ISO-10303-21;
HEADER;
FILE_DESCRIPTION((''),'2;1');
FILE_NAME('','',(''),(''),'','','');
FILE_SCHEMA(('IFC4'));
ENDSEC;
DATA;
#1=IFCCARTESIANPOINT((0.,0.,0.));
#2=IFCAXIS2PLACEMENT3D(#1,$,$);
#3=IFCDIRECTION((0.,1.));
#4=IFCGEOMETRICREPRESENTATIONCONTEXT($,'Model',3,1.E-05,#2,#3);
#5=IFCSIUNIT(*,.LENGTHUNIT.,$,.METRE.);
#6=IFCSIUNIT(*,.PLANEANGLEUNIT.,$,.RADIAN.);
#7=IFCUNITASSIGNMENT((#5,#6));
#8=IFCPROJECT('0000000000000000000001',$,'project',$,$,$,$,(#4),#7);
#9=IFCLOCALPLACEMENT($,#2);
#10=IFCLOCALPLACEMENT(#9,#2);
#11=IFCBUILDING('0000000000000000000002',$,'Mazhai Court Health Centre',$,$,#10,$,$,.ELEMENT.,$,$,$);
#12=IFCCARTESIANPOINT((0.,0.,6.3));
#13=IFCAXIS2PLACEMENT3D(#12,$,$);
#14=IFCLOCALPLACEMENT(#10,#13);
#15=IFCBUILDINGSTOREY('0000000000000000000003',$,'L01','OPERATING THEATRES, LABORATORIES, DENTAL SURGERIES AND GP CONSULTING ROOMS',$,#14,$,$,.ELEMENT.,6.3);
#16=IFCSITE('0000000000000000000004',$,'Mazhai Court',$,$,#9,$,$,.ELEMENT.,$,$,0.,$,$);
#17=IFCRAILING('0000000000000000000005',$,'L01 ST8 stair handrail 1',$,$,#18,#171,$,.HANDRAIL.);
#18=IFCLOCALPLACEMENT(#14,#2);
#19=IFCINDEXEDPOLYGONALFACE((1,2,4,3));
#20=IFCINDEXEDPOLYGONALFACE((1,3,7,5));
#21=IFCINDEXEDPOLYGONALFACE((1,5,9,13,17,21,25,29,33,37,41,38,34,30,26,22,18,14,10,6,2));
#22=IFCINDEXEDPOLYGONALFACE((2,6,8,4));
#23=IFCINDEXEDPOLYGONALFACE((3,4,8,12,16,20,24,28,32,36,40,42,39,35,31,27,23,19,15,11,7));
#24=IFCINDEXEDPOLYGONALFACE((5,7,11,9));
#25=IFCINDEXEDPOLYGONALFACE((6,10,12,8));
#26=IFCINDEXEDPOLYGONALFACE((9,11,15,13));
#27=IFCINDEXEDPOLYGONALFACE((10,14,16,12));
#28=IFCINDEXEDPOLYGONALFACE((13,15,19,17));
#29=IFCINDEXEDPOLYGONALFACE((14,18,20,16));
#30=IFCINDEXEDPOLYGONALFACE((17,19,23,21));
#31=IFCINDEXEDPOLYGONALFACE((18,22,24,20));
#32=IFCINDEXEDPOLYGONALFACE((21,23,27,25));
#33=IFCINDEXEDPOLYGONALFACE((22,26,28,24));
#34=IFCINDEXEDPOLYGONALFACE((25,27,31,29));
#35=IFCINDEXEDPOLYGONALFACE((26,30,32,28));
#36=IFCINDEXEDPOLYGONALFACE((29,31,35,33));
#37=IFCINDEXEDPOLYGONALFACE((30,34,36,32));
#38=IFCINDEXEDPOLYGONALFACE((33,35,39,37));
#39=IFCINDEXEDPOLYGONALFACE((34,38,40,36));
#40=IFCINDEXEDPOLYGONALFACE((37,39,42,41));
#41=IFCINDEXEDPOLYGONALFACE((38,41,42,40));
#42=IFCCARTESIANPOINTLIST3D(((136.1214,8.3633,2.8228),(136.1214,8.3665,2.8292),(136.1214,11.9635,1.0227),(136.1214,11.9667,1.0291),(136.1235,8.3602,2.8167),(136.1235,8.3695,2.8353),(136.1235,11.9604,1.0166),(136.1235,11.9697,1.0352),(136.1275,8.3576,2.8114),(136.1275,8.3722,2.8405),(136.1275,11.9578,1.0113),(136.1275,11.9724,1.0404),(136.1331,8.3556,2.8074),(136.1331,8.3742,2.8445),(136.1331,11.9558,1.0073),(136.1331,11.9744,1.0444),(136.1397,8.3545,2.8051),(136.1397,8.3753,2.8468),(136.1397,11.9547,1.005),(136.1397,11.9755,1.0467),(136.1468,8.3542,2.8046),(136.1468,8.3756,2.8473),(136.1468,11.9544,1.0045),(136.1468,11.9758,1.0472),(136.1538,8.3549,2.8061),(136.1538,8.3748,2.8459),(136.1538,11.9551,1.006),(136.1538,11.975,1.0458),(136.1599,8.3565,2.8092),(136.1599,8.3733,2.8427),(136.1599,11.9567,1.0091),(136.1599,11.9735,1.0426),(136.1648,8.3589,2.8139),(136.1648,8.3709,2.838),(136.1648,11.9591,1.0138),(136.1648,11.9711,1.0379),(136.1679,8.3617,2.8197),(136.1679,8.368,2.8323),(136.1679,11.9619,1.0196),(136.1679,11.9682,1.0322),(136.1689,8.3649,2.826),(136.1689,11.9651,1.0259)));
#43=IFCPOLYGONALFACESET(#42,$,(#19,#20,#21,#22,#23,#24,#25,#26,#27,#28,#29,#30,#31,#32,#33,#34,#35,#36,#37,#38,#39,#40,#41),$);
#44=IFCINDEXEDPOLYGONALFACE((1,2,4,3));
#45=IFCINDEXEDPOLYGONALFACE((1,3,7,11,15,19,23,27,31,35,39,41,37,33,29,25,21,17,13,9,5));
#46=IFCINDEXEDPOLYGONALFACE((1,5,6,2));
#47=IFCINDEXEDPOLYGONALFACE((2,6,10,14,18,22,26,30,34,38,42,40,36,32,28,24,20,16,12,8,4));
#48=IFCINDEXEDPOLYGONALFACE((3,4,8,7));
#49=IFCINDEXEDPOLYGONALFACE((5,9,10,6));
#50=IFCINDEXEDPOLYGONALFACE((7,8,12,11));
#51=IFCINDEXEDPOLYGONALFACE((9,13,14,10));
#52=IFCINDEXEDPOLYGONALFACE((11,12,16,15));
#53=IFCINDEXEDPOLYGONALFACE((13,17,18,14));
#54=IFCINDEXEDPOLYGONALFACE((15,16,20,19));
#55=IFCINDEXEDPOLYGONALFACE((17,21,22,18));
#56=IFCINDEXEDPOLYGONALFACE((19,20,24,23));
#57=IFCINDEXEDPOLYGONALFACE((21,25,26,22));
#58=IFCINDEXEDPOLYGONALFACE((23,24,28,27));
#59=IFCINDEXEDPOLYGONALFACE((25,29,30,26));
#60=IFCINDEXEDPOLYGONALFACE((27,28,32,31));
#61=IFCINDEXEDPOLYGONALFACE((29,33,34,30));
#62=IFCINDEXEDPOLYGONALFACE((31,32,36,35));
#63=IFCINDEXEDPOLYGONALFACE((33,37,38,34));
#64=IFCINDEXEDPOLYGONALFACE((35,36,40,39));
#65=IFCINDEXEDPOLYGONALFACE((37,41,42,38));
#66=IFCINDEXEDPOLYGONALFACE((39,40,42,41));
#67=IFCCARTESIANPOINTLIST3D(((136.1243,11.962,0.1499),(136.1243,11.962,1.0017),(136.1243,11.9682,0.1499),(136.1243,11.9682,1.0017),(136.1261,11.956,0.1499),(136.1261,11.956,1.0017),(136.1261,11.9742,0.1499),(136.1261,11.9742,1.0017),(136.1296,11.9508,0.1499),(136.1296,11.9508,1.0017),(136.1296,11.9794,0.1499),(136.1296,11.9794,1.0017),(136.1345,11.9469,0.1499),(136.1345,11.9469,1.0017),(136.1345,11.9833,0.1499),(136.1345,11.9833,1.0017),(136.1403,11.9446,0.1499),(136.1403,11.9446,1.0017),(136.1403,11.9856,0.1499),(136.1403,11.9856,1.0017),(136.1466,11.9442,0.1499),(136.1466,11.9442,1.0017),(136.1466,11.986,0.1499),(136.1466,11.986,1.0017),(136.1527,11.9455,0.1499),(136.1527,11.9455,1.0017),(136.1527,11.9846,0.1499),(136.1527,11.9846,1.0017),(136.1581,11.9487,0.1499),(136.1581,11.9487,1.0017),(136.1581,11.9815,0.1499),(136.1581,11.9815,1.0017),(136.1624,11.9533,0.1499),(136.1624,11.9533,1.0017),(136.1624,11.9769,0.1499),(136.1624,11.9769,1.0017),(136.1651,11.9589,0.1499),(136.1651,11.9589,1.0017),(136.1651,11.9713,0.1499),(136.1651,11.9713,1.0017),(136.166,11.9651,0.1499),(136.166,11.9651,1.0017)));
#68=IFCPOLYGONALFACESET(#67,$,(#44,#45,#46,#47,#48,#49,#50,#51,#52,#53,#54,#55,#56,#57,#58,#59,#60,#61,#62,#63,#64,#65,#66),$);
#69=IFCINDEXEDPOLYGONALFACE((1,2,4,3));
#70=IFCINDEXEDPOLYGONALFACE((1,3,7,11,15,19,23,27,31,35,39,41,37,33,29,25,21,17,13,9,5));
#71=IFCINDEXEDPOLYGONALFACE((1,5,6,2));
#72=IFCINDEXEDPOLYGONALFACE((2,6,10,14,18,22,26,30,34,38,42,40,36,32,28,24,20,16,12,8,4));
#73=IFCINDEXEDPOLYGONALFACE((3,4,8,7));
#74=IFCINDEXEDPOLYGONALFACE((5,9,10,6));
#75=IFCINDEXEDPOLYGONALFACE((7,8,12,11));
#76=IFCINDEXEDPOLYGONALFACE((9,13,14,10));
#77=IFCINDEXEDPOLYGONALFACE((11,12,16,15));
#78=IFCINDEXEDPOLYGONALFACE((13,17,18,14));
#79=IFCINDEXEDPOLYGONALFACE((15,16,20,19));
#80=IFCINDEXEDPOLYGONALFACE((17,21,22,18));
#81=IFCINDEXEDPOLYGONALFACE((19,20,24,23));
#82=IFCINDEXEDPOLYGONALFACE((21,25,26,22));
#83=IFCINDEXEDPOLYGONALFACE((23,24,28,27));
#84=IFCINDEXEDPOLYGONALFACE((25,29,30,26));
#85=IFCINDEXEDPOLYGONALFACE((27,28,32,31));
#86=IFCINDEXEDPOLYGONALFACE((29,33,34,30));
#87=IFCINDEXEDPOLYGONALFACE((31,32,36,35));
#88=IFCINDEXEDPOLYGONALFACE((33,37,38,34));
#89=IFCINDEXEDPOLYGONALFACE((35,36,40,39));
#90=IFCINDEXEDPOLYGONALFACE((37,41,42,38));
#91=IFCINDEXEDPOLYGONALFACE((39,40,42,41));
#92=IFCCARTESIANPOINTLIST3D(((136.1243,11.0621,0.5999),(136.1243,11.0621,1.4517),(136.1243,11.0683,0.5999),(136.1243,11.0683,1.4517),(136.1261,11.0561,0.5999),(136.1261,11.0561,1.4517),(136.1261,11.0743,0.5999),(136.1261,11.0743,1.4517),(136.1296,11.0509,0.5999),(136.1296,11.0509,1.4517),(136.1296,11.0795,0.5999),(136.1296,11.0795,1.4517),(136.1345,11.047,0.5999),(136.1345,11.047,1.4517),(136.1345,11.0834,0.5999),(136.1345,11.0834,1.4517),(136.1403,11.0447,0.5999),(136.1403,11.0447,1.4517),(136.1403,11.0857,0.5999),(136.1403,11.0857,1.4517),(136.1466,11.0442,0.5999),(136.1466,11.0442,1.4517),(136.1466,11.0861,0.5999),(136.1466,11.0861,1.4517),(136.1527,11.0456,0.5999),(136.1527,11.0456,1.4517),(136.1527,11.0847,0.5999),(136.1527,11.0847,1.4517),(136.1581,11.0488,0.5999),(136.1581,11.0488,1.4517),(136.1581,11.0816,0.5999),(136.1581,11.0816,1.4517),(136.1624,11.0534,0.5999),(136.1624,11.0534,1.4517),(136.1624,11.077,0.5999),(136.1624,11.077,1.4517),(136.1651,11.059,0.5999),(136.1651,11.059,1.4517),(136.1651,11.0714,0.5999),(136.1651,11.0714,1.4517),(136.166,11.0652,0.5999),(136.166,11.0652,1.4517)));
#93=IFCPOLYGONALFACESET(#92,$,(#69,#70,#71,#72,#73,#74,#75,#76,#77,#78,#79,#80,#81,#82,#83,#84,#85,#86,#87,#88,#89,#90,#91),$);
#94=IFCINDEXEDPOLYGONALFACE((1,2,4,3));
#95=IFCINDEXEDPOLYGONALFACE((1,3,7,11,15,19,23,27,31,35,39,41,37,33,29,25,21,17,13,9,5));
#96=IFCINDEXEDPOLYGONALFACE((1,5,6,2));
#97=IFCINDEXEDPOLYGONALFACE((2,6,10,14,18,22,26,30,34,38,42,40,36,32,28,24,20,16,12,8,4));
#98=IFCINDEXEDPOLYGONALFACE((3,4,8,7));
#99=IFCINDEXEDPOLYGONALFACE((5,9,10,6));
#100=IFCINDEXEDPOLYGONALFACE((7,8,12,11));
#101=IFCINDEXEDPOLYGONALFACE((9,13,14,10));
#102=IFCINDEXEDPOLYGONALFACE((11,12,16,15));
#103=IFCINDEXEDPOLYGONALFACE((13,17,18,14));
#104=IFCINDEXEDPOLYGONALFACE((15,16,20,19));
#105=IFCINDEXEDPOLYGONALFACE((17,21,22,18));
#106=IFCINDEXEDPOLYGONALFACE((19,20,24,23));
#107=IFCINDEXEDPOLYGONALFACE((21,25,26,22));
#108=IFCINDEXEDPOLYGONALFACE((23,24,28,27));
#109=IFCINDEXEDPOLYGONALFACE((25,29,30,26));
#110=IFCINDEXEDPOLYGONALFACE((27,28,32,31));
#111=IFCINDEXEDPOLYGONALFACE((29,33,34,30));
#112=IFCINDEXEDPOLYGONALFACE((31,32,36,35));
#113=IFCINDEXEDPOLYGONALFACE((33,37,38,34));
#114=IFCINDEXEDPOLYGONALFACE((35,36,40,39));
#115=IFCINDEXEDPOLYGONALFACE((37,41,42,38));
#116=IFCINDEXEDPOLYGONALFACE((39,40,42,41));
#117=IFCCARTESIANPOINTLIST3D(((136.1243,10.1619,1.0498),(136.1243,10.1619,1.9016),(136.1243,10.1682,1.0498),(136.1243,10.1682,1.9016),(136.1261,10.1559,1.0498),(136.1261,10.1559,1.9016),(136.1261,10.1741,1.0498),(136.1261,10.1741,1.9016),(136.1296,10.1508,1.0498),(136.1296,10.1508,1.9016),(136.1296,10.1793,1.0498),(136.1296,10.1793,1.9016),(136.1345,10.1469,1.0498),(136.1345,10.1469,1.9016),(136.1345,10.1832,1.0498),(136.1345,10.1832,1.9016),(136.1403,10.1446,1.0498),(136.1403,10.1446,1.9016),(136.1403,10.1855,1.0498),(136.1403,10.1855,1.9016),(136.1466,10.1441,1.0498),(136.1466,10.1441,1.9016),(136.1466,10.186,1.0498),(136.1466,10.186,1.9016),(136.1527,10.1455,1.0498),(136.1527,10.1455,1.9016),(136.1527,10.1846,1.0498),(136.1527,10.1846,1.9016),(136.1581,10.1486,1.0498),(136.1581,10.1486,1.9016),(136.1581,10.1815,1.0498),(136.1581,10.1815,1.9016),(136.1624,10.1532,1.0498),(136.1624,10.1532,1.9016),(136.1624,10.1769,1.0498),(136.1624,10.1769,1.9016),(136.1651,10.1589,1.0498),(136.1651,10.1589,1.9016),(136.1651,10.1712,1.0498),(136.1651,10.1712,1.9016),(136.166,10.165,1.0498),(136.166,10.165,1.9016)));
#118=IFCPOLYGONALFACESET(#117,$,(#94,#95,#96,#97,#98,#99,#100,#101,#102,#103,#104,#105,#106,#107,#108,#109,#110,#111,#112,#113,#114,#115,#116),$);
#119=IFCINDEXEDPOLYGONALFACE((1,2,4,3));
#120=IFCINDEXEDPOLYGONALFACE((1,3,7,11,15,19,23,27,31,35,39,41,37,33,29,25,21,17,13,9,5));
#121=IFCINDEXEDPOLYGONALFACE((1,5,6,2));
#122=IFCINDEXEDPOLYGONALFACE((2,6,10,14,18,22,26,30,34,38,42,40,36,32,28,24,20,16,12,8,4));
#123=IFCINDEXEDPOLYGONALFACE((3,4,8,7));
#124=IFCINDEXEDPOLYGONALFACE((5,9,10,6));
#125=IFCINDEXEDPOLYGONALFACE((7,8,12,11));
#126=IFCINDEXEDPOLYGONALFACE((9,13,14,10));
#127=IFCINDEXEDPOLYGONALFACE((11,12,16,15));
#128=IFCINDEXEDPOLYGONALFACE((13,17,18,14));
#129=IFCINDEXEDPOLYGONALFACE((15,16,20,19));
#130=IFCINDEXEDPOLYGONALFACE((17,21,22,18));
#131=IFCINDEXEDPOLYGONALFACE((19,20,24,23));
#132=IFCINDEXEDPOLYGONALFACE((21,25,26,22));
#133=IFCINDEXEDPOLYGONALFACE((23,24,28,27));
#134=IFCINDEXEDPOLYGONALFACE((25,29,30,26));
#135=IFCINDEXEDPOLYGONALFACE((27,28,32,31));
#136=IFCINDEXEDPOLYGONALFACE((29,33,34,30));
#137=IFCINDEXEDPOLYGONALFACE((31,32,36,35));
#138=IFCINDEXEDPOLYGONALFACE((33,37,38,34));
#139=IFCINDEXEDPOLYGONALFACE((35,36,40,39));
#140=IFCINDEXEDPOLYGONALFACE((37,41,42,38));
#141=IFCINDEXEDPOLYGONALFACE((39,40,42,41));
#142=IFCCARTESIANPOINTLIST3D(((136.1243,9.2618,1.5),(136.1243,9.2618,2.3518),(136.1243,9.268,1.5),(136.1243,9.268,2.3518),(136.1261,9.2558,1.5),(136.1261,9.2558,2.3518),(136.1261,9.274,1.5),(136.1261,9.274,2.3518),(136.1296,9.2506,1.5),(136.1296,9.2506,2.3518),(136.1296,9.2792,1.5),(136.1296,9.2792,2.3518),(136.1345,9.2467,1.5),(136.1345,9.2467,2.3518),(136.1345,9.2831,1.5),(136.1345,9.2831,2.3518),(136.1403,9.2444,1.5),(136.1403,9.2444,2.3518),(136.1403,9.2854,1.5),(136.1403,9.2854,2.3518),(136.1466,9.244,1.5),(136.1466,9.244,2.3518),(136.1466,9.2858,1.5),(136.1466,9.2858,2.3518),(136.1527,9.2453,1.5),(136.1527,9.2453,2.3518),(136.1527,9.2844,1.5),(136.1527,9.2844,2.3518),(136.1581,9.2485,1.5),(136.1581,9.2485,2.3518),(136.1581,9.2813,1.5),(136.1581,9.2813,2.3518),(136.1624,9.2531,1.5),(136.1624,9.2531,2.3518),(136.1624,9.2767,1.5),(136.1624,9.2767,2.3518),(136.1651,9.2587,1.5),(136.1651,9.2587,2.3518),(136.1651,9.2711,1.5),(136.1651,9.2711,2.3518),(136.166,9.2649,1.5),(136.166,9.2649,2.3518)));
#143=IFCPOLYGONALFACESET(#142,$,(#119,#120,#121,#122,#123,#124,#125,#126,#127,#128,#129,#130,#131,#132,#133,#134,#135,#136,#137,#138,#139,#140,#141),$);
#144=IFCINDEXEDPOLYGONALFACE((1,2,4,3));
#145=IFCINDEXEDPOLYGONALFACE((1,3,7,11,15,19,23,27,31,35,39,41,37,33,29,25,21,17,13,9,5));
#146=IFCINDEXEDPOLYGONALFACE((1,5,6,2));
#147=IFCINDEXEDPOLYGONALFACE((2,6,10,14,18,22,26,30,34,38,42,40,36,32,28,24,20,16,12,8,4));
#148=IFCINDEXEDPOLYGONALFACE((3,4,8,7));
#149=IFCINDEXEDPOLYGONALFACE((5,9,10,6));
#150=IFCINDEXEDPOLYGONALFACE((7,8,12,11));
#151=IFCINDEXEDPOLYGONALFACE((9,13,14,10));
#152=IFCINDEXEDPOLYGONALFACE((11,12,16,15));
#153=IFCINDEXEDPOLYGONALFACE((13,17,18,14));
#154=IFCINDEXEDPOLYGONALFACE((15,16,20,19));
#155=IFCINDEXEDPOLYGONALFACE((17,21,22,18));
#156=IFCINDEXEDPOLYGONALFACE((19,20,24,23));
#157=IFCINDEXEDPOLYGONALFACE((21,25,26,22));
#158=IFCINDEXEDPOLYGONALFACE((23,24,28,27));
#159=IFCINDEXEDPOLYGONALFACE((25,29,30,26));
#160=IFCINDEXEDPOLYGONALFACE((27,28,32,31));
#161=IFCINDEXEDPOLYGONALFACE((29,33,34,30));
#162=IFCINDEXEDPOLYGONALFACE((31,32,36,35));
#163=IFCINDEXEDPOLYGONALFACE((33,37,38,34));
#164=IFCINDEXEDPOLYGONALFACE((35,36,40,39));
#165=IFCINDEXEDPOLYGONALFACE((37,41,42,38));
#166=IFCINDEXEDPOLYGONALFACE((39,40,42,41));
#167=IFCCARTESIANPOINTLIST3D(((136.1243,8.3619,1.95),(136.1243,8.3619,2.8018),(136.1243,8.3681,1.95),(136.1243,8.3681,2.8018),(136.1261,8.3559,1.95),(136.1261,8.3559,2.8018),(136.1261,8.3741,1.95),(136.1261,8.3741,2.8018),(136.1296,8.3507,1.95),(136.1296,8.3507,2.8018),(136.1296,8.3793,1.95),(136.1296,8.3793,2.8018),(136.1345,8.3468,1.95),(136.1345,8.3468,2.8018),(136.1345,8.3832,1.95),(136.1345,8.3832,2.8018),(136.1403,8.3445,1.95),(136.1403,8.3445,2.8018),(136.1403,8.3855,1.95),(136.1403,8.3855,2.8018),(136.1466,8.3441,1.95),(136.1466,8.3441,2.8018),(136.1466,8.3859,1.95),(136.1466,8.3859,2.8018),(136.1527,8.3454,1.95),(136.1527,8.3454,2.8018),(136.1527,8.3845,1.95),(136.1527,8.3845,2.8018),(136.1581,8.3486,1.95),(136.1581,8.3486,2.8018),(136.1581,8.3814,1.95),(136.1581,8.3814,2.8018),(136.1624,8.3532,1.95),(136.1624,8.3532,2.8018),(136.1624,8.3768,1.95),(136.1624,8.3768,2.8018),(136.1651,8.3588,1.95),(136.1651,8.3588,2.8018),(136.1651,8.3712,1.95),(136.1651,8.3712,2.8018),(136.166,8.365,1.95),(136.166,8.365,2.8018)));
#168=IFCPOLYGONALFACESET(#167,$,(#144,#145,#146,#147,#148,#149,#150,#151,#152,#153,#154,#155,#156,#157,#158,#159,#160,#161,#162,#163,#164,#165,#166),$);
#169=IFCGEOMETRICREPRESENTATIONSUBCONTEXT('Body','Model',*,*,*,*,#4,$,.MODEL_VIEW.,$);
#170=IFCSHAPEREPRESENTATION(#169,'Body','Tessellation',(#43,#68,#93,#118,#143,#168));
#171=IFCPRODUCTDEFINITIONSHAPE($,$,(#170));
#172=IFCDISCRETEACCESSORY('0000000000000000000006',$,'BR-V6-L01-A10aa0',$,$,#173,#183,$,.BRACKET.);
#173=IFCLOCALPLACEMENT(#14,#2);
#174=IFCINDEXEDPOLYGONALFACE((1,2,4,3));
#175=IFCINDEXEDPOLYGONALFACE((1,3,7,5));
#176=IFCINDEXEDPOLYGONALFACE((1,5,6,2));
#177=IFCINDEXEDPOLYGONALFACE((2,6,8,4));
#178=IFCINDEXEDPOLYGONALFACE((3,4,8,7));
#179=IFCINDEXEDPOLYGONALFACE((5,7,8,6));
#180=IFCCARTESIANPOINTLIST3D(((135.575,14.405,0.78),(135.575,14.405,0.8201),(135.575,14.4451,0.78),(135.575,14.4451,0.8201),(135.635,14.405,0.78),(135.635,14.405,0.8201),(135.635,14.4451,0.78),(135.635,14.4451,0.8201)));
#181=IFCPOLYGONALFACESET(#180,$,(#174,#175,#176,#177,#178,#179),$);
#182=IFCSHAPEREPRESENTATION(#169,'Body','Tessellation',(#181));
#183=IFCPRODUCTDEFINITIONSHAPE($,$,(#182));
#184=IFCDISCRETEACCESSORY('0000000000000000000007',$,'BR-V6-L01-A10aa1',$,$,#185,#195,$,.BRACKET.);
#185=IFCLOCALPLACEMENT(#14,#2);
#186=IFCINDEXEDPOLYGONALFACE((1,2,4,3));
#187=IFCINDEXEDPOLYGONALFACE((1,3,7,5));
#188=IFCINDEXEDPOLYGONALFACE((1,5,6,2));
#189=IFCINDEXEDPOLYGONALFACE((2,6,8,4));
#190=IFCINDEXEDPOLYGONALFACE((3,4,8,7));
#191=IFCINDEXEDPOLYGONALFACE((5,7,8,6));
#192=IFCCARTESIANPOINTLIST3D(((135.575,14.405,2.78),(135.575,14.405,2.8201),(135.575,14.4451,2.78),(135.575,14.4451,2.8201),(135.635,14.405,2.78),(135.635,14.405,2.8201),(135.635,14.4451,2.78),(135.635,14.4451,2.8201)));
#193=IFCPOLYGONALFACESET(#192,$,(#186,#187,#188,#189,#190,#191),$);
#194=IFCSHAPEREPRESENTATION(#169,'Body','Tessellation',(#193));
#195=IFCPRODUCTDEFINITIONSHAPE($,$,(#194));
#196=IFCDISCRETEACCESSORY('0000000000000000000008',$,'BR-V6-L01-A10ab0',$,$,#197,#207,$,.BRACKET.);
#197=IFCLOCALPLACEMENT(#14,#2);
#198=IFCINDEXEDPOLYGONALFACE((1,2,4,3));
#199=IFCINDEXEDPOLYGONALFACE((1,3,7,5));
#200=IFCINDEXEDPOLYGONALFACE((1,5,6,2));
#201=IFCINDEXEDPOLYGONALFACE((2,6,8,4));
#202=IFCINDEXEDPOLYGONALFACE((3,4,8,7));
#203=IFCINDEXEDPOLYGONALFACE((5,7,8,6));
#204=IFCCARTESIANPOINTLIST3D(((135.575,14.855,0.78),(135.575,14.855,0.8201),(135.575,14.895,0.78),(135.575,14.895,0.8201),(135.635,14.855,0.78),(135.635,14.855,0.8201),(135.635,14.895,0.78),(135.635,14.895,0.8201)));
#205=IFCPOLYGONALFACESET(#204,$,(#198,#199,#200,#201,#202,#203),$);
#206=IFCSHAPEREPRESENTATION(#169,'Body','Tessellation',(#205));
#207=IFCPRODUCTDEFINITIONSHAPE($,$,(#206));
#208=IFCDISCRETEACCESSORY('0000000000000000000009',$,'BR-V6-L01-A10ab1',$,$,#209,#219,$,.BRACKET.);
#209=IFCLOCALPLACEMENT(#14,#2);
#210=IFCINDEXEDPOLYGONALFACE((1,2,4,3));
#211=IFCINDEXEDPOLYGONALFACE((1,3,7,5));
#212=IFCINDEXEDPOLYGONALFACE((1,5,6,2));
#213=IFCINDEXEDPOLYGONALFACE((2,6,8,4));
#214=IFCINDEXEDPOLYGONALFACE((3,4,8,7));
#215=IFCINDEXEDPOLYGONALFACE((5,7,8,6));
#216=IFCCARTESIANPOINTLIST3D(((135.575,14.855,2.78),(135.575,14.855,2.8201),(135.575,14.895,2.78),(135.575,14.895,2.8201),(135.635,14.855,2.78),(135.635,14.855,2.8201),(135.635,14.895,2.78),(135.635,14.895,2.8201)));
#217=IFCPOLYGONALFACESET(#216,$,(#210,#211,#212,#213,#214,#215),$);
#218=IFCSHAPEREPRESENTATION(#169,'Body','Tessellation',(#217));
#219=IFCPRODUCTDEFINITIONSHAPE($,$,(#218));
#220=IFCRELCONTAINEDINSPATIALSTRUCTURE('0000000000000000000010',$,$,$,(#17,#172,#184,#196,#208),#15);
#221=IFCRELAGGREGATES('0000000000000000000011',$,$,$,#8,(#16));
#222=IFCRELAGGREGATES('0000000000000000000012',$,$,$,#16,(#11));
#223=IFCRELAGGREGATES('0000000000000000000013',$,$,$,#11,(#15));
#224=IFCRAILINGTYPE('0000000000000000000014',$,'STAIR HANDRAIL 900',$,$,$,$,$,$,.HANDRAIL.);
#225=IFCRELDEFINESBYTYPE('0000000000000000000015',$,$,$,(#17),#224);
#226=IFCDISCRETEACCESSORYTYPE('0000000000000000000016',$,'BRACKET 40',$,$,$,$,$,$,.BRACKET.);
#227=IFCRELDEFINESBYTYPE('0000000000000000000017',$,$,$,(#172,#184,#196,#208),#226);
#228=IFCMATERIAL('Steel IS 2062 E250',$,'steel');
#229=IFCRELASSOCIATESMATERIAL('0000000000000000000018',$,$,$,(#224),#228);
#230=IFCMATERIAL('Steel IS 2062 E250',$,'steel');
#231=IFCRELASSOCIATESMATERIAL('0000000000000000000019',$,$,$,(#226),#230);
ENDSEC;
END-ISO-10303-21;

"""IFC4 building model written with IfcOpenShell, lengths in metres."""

from ifc_helpers import new_model, si_unit, direction, frame, origin, origin_2d, place, context, subcontext, project, spatial, rectangle, circle, extrude, material, type_object, element, save


model = new_model("IFC4")

# Units and contexts
model_context = context("Model", 3, precision=1e-05, world=origin(), true_north=direction((0.0, 1.0)))
body_context = subcontext(model_context, "Body", "Model", "MODEL_VIEW")
ifc_project = project(units=[si_unit("LENGTHUNIT", "METRE"), si_unit("PLANEANGLEUNIT", "RADIAN")], contexts=[model_context])

# Site, building, storey
site_placement = place(None, origin())
site = spatial("IfcSite", under=ifc_project, at=site_placement, Name="Mazhai Court", CompositionType="ELEMENT", RefElevation=0.0)
building_placement = place(site_placement, origin())
building = spatial("IfcBuilding", under=site, at=building_placement, Name="Mazhai Court Health Centre", CompositionType="ELEMENT")
storey_placement = place(building_placement, frame((0.0, 0.0, 6.3)))
storey = spatial("IfcBuildingStorey", under=building, at=storey_placement, Name="L01", Description="OPERATING THEATRES, LABORATORIES, DENTAL SURGERIES AND GP CONSULTING ROOMS", CompositionType="ELEMENT", Elevation=6.3)

# Railing
ifc_material_1 = material(Name="Steel IS 2062 E250", Category="steel")
railing_type_1 = type_object("IfcRailingType", Name="STAIR HANDRAIL 900", PredefinedType="HANDRAIL", material=ifc_material_1)
railing_1_placement = place(storey_placement, frame((136.145, 11.9651, 0.1499)))
element("IfcRailing", 1, at=railing_1_placement, inside=storey, type_object=railing_type_1, Name="L01 ST8 stair handrail 1", PredefinedType="HANDRAIL", context=body_context, shape_type="SweptSolid", body=[
    extrude(circle(Radius=0.0239, at=origin_2d()), frame((0.0, 0.0, 0.876), z_axis=(0.0, -0.894427, 0.447214), x_axis=(1.0, 0.0, 0.0)), (0.0, 0.0, 1.0), 4.0251),
    extrude(circle(Radius=0.021, at=origin_2d()), origin(), (0.0, 0.0, 1.0), 0.8518),
    extrude(circle(Radius=0.021, at=origin_2d()), frame((0.0, -0.8999, 0.45)), (0.0, 0.0, 1.0), 0.8518),
    extrude(circle(Radius=0.021, at=origin_2d()), frame((0.0, -1.8, 0.8999)), (0.0, 0.0, 1.0), 0.8518),
    extrude(circle(Radius=0.021, at=origin_2d()), frame((0.0, -2.7002, 1.3501)), (0.0, 0.0, 1.0), 0.8518),
    extrude(circle(Radius=0.021, at=origin_2d()), frame((0.0, -3.6001, 1.8)), (0.0, 0.0, 1.0), 0.8518),
])

# Discrete accessories
ifc_material_2 = material(Name="Steel IS 2062 E250", Category="steel")
discrete_accessory_type = type_object("IfcDiscreteAccessoryType", Name="BRACKET 40", PredefinedType="BRACKET", material=ifc_material_2)
for number, where, z_axis, x_axis, name in (
    (2, (135.605, 14.425, 0.78), (0.0, 0.0, 1.0), (0.0, 1.0, 0.0), "BR-V6-L01-A10aa0"),
    (3, (135.605, 14.425, 2.78), (0.0, 0.0, 1.0), (0.0, 1.0, 0.0), "BR-V6-L01-A10aa1"),
    (4, (135.605, 14.875, 0.78), (0.0, 0.0, 1.0), (0.0, 1.0, 0.0), "BR-V6-L01-A10ab0"),
    (5, (135.605, 14.875, 2.78), (0.0, 0.0, 1.0), (0.0, 1.0, 0.0), "BR-V6-L01-A10ab1"),
):
    element("IfcDiscreteAccessory", number, at=place(storey_placement, frame(where, z_axis=z_axis, x_axis=x_axis)), inside=storey, type_object=discrete_accessory_type, Name=name, PredefinedType="BRACKET", context=body_context, shape_type="SweptSolid", body=[
        extrude(rectangle(XDim=0.04, YDim=0.0601, at=origin_2d()), origin(), (0.0, 0.0, 1.0), 0.04),
    ])

save(model, "model.ifc")
